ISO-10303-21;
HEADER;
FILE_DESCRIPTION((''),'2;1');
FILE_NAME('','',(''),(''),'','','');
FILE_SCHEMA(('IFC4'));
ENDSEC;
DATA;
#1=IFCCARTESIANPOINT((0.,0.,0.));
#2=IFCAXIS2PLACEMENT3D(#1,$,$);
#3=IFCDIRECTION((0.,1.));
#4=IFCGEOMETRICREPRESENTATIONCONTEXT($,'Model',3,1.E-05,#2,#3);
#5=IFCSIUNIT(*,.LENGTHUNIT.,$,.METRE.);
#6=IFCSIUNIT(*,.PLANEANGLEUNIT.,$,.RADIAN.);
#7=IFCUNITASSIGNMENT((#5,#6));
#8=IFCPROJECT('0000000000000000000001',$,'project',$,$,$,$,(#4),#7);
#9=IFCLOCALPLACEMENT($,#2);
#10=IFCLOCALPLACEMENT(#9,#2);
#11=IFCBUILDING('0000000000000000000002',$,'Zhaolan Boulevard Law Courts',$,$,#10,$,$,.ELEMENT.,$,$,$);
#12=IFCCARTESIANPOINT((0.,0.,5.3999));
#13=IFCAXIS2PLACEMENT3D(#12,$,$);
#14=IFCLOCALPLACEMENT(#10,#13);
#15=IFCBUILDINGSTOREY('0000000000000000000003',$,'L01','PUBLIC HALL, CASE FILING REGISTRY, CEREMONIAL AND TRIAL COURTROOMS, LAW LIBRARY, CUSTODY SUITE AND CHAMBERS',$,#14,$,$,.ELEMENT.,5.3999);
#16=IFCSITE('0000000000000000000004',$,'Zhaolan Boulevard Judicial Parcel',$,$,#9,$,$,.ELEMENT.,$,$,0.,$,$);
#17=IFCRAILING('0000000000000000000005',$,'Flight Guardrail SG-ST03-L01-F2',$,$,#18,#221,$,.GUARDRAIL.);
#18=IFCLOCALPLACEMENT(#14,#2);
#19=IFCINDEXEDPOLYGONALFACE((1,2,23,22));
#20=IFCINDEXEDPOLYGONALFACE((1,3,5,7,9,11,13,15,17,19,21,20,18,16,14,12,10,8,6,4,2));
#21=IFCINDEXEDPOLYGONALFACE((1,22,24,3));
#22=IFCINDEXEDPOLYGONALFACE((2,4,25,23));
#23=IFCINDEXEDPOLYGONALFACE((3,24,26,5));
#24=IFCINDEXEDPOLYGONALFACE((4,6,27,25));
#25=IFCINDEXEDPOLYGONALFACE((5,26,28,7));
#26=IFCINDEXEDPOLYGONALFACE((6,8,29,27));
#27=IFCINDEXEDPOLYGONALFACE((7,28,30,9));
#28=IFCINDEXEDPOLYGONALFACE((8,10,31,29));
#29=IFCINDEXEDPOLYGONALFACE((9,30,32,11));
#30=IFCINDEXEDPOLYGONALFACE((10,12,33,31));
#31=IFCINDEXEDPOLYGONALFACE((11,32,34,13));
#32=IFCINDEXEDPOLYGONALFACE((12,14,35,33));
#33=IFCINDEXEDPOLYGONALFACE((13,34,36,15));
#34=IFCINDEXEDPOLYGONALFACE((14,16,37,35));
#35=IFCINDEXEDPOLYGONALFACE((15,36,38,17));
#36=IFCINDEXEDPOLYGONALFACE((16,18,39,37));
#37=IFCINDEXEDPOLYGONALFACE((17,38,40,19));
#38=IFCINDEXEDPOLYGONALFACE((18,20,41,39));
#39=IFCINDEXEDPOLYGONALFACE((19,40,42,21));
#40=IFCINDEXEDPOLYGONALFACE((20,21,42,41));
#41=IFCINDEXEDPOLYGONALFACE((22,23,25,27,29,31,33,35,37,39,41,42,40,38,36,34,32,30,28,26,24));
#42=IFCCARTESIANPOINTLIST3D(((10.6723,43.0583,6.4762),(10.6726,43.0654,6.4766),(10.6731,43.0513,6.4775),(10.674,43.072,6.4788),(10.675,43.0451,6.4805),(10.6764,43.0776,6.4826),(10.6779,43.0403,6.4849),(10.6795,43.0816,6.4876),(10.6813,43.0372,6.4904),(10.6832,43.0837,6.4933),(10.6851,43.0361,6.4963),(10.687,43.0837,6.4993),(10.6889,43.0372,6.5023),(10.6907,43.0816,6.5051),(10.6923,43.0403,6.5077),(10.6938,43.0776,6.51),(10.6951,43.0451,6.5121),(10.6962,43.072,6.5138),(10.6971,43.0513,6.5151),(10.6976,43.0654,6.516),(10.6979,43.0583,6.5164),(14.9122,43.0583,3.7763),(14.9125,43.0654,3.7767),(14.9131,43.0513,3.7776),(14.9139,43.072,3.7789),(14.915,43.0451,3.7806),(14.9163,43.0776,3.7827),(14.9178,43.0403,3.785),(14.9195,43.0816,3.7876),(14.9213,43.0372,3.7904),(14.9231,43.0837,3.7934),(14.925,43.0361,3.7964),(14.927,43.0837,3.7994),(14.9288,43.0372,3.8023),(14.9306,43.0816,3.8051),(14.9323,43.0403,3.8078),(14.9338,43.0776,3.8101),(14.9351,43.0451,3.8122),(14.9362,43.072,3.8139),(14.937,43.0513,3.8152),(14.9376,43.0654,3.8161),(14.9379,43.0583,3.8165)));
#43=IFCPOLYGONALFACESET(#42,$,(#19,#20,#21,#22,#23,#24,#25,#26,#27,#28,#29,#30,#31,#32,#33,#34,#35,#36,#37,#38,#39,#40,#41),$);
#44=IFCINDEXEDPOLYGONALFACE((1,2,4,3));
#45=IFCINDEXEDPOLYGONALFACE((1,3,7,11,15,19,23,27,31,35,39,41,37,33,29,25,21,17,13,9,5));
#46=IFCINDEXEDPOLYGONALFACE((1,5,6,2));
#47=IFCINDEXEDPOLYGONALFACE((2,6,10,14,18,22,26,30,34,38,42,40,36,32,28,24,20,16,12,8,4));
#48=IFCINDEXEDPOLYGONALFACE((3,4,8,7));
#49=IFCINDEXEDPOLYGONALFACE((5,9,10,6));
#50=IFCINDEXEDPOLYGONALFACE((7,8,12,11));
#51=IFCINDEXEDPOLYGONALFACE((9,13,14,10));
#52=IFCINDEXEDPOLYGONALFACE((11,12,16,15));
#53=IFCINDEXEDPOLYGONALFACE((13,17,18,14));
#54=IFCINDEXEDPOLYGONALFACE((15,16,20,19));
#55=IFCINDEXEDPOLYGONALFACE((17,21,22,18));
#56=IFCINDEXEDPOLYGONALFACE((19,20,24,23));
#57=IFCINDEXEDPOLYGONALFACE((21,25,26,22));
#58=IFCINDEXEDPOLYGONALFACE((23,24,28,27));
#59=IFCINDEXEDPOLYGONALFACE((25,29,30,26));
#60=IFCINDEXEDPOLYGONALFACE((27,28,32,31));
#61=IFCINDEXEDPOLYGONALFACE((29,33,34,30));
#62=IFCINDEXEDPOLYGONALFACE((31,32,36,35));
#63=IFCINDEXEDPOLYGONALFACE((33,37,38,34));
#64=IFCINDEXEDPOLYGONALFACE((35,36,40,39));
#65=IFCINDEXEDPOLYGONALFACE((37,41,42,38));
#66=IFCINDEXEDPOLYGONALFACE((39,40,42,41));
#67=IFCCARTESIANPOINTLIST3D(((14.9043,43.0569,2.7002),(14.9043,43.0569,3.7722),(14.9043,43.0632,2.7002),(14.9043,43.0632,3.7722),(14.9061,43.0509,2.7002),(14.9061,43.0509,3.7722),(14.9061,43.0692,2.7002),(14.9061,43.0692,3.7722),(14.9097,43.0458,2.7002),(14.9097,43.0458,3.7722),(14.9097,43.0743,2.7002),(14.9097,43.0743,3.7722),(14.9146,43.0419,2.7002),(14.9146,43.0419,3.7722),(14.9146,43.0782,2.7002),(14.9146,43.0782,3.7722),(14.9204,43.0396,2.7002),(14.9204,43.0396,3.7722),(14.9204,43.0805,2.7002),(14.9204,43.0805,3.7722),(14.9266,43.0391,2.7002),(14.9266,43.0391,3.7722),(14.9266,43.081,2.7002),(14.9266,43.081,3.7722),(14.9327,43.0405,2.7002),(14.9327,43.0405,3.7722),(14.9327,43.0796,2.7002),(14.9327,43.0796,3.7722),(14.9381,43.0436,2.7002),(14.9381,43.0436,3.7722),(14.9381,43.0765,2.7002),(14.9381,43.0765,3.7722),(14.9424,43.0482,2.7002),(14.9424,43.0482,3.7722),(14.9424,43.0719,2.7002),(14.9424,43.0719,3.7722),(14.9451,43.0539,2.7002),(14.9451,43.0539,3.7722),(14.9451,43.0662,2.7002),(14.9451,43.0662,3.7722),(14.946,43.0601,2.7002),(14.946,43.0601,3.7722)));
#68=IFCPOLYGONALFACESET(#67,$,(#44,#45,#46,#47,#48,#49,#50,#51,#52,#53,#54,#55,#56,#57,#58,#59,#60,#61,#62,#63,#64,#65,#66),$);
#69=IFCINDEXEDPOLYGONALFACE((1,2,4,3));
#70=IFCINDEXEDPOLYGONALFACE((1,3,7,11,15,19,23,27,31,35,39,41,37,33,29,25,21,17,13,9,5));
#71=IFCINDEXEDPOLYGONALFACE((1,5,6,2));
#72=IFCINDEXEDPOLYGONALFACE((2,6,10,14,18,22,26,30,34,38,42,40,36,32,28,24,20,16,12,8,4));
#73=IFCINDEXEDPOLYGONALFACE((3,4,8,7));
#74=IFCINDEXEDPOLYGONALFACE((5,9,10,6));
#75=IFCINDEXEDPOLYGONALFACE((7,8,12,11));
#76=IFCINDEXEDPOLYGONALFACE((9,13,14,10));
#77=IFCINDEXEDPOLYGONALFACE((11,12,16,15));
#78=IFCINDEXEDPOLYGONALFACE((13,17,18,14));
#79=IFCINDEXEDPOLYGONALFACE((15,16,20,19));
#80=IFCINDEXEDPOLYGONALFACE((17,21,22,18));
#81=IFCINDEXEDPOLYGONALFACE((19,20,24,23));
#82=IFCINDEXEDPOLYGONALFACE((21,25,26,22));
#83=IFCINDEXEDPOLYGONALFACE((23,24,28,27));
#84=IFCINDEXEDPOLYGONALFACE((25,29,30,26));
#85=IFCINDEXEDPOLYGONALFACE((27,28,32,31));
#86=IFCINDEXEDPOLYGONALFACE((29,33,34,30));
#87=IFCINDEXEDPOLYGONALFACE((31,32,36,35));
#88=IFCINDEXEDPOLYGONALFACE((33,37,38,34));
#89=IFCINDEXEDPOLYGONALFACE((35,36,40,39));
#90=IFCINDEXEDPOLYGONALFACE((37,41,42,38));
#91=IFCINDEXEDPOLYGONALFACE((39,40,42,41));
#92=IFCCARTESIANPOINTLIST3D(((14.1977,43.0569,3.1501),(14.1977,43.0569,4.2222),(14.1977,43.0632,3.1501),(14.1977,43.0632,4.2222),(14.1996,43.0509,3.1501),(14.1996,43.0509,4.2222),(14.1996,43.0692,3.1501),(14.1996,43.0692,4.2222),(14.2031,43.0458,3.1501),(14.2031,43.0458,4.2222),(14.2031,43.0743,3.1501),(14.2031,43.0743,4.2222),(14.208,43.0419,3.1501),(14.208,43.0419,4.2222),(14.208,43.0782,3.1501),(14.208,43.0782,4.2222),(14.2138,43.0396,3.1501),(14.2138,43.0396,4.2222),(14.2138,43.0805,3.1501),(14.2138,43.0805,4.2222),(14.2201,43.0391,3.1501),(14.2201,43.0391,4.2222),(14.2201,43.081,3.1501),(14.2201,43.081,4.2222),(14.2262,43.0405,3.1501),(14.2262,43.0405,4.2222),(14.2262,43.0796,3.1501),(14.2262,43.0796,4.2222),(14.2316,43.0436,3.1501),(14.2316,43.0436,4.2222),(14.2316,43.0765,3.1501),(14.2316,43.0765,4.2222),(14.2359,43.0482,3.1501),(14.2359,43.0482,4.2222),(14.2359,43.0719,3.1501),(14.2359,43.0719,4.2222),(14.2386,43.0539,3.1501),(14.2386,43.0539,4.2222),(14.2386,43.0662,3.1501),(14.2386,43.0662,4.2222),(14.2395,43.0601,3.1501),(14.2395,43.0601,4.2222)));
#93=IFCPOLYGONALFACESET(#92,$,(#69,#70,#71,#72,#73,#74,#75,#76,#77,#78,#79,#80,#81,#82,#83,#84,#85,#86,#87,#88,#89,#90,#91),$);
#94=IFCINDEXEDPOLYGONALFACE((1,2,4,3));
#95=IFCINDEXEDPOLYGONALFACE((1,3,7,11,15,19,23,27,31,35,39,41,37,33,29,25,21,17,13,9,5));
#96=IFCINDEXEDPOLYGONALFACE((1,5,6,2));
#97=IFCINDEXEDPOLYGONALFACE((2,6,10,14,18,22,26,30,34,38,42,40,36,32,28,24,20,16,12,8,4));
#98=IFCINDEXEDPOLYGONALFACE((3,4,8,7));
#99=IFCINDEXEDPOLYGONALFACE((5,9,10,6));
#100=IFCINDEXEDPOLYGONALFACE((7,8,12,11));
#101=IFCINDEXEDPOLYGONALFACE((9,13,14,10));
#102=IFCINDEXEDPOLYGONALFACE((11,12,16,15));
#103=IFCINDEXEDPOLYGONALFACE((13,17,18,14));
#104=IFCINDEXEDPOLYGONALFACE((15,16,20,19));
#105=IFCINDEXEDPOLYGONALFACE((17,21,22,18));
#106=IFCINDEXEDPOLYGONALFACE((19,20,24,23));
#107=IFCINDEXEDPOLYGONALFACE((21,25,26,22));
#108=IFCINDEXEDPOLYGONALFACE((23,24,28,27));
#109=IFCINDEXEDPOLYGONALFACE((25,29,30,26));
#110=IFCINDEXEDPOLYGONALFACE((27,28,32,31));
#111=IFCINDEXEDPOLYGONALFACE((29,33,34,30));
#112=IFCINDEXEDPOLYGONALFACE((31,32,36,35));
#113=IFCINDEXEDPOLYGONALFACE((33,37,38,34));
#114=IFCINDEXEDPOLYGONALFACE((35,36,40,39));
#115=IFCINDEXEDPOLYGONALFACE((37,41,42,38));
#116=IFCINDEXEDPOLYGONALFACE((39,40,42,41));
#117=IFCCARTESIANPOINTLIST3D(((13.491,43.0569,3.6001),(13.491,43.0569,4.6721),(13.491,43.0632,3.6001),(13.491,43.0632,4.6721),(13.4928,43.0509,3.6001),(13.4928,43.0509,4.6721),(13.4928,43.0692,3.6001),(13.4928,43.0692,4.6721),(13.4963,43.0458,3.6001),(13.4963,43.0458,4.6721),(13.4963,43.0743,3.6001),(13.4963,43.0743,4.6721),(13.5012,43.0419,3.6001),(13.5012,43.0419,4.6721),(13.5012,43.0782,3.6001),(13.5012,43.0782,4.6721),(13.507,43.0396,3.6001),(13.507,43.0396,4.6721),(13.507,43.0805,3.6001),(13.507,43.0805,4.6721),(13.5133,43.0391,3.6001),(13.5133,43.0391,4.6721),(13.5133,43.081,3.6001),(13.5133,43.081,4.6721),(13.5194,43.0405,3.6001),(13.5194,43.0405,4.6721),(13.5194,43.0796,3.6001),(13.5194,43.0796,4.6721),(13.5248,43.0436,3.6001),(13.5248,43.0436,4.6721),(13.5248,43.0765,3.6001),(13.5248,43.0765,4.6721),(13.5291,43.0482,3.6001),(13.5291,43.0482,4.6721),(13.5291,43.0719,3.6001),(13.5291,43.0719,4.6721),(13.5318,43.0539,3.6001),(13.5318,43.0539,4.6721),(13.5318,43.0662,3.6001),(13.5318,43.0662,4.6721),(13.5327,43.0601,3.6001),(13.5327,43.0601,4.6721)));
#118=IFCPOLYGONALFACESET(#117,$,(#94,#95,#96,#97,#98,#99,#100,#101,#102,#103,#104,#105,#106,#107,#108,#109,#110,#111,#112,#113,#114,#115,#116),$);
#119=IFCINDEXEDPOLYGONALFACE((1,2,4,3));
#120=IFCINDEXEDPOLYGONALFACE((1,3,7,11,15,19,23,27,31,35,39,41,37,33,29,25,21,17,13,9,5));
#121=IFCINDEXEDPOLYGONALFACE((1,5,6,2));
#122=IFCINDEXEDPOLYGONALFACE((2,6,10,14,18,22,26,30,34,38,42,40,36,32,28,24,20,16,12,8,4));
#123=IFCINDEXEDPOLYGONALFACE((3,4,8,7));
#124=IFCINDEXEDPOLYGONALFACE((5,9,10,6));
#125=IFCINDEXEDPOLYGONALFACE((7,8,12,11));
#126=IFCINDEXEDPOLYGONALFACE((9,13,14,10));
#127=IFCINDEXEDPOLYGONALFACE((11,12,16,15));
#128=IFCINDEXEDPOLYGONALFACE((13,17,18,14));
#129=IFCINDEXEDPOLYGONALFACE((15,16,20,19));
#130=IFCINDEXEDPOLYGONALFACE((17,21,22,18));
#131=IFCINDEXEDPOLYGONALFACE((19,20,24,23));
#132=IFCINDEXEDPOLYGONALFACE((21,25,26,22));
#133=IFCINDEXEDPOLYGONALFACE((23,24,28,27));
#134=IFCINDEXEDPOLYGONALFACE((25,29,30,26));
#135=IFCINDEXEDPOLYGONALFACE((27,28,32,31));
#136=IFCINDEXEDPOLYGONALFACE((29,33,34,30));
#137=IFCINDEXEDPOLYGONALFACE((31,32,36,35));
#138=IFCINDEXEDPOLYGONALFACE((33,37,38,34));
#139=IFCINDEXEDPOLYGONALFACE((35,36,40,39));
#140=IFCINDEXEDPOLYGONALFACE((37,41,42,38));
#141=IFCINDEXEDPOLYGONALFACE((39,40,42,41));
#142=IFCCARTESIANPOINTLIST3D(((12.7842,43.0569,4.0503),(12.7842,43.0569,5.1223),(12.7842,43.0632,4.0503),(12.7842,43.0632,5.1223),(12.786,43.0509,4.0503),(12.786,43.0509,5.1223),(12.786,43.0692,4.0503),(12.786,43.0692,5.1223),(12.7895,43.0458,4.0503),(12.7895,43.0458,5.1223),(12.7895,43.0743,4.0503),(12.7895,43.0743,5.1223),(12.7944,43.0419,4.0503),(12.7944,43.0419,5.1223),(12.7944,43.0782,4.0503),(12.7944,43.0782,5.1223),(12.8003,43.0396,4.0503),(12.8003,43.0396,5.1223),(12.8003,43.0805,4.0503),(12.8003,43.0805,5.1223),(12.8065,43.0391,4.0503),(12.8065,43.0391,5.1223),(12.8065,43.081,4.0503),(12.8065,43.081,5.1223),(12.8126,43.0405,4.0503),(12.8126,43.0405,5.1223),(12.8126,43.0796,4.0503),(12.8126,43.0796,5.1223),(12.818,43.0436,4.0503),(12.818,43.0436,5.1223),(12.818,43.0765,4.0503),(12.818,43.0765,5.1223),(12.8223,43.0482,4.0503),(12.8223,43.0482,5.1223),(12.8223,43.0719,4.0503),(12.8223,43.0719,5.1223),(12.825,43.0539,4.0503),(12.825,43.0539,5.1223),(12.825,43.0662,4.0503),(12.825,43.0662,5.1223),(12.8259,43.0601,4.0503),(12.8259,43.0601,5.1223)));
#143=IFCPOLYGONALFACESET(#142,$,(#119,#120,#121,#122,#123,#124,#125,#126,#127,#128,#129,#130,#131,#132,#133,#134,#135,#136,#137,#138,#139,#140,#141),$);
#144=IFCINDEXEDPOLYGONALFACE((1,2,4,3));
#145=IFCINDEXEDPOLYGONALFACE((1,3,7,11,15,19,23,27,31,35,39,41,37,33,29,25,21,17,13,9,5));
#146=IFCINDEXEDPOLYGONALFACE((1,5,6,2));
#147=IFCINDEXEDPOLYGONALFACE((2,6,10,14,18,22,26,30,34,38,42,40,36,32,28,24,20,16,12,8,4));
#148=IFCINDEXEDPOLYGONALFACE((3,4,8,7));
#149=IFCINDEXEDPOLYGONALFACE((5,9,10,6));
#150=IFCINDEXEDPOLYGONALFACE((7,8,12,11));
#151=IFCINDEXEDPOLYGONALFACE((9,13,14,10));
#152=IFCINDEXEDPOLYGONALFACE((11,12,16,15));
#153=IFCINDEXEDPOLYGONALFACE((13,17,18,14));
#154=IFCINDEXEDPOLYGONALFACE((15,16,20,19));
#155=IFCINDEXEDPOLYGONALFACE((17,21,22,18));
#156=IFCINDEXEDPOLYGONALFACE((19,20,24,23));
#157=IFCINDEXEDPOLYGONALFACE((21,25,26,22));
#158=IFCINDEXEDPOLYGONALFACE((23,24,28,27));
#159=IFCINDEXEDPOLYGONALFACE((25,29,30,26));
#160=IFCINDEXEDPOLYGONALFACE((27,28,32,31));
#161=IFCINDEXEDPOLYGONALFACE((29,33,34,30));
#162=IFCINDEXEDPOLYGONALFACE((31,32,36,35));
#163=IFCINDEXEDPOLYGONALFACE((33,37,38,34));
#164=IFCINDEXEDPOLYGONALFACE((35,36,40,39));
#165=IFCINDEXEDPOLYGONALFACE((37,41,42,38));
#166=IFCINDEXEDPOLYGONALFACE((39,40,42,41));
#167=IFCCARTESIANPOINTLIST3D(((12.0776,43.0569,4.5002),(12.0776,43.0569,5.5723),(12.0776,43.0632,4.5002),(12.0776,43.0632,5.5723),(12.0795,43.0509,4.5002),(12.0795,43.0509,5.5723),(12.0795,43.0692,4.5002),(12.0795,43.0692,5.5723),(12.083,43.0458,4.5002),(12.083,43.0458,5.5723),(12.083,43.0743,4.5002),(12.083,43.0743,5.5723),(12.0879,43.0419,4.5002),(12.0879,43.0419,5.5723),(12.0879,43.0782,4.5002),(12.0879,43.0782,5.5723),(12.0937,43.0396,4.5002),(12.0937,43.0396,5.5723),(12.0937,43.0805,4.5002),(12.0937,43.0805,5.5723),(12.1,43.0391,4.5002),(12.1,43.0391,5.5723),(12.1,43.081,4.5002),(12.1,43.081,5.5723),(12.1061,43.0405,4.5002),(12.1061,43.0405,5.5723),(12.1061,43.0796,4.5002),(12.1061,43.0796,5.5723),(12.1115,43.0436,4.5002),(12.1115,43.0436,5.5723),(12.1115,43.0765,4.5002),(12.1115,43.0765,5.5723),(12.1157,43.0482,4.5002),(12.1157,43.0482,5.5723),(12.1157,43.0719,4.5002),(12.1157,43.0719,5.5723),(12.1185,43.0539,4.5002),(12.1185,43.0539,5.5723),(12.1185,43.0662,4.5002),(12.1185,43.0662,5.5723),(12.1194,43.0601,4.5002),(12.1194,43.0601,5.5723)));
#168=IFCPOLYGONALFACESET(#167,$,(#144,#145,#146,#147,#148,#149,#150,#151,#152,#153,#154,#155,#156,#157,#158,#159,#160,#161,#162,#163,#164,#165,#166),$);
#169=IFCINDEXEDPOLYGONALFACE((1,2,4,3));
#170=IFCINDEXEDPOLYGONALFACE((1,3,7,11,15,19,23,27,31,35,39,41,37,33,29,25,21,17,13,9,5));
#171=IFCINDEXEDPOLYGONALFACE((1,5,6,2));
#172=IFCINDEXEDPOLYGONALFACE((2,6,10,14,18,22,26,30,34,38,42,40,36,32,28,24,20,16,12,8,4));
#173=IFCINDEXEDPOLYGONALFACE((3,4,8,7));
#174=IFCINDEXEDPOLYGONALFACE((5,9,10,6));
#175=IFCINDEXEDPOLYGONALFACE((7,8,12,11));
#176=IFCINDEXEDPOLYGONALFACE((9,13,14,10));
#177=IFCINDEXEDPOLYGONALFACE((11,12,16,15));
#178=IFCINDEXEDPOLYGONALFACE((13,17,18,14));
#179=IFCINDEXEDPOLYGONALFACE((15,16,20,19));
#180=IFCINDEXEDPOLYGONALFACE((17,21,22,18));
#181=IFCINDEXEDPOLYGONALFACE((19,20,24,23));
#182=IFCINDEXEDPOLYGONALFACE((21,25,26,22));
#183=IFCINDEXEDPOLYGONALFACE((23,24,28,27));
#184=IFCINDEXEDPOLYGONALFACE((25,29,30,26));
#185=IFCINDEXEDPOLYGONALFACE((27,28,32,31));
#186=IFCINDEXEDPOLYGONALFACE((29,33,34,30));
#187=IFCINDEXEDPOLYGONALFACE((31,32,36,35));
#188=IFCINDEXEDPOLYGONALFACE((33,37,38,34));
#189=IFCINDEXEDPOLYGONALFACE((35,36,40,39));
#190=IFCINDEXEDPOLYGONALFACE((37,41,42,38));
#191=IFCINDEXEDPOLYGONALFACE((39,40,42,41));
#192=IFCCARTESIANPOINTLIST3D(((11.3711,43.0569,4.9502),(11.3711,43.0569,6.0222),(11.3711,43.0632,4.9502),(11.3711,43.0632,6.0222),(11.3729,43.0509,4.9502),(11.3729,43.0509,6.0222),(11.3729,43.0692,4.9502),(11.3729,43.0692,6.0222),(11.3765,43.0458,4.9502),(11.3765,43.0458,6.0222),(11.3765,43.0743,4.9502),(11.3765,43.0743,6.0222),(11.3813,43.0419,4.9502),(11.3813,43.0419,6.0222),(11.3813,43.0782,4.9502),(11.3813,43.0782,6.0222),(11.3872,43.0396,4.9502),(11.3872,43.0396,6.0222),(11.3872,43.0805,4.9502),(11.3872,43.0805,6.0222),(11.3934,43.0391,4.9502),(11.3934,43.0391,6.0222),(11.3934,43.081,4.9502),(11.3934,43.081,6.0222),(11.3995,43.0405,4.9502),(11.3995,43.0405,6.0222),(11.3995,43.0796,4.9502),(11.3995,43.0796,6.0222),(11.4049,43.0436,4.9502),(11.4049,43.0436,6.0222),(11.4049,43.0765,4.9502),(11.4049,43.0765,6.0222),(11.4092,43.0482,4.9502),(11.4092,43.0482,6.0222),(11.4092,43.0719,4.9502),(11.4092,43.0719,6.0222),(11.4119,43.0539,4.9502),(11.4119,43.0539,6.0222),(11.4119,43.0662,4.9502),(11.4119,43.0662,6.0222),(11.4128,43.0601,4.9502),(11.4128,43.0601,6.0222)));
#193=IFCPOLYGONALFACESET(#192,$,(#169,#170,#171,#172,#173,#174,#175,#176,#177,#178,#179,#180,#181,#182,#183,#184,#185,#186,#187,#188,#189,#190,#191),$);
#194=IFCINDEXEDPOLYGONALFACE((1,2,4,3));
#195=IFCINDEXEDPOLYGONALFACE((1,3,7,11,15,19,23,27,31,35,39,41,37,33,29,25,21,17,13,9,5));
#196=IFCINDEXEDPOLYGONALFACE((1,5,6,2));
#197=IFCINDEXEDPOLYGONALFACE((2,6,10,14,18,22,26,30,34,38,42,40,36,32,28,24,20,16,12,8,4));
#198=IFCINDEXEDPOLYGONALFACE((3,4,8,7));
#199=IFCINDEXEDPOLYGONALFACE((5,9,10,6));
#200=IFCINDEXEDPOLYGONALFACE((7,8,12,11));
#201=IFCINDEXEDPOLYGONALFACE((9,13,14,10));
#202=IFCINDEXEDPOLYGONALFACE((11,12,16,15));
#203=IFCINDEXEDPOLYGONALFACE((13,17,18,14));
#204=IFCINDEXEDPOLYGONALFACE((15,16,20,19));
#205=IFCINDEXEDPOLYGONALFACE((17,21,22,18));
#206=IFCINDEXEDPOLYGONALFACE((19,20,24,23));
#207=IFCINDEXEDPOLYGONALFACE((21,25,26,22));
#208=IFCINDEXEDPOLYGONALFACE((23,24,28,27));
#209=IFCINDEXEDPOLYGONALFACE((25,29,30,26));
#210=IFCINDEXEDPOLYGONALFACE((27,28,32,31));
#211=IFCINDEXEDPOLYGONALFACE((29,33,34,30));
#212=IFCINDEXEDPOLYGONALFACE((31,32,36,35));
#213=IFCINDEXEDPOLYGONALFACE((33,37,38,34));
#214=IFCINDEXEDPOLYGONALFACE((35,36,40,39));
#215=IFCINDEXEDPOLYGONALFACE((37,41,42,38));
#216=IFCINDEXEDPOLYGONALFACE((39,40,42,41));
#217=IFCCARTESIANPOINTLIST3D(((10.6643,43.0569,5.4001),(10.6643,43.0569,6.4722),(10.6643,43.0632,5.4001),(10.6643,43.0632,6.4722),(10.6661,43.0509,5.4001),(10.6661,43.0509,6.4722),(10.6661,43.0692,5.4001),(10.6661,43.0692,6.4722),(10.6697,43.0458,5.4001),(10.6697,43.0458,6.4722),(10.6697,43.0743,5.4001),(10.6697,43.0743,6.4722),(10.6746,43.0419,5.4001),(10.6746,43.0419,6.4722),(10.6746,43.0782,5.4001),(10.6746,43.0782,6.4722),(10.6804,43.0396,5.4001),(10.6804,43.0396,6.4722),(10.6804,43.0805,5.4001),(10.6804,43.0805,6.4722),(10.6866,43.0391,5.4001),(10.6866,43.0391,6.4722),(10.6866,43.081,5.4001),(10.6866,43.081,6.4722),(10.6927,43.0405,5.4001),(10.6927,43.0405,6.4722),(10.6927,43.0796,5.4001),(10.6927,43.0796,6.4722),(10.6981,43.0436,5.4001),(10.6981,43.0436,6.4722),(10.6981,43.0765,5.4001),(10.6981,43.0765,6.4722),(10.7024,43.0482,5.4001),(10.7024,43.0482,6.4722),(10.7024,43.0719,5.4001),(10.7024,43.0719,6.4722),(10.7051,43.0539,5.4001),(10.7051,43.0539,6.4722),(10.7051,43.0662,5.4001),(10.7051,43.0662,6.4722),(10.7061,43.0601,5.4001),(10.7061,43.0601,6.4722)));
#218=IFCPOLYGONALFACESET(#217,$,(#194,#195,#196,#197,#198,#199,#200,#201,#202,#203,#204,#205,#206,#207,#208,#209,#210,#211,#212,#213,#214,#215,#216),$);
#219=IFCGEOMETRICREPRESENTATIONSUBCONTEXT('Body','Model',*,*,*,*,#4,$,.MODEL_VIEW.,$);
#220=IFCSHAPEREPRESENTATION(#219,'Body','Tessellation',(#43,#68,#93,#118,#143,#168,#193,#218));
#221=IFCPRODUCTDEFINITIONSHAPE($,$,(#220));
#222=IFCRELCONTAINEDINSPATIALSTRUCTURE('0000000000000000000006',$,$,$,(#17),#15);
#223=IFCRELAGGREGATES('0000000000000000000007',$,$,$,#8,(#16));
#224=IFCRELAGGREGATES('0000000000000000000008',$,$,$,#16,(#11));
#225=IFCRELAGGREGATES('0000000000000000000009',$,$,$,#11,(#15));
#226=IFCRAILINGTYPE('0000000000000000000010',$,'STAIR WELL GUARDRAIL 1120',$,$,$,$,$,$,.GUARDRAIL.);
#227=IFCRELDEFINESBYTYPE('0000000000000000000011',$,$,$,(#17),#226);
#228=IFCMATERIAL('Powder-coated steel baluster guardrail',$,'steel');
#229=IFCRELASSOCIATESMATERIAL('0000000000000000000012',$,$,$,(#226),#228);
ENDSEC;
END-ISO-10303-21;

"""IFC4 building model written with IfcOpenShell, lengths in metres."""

from ifc_helpers import new_model, si_unit, direction, frame, origin, origin_2d, place, context, subcontext, project, spatial, circle, extrude, material, type_object, element, save


model = new_model("IFC4")

# Units and contexts
model_context = context("Model", 3, precision=1e-05, world=origin(), true_north=direction((0.0, 1.0)))
body_context = subcontext(model_context, "Body", "Model", "MODEL_VIEW")
ifc_project = project(units=[si_unit("LENGTHUNIT", "METRE"), si_unit("PLANEANGLEUNIT", "RADIAN")], contexts=[model_context])

# Site, building, storey
site_placement = place(None, origin())
site = spatial("IfcSite", under=ifc_project, at=site_placement, Name="Zhaolan Boulevard Judicial Parcel", CompositionType="ELEMENT", RefElevation=0.0)
building_placement = place(site_placement, origin())
building = spatial("IfcBuilding", under=site, at=building_placement, Name="Zhaolan Boulevard Law Courts", CompositionType="ELEMENT")
storey_placement = place(building_placement, frame((0.0, 0.0, 5.3999)))
storey = spatial("IfcBuildingStorey", under=building, at=storey_placement, Name="L01", Description="PUBLIC HALL, CASE FILING REGISTRY, CEREMONIAL AND TRIAL COURTROOMS, LAW LIBRARY, CUSTODY SUITE AND CHAMBERS", CompositionType="ELEMENT", Elevation=5.3999)

# Railing
ifc_material_1 = material(Name="Powder-coated steel baluster guardrail", Category="steel")
railing_type_1 = type_object("IfcRailingType", Name="STAIR WELL GUARDRAIL 1120", PredefinedType="GUARDRAIL", material=ifc_material_1)
railing_1_placement = place(storey_placement, frame((14.925, 43.0601, 2.7002)))
element("IfcRailing", 1, at=railing_1_placement, inside=storey, type_object=railing_type_1, Name="Flight Guardrail SG-ST03-L01-F2", PredefinedType="GUARDRAIL", context=body_context, shape_type="SweptSolid", body=[
    extrude(circle(Radius=0.0239, at=origin_2d()), frame((0.0, 0.0, 1.0962), z_axis=(-0.843501, 0.0, 0.537127), x_axis=(0.0, -1.0, 0.0)), (0.0, 0.0, 1.0), 5.0266),
    extrude(circle(Radius=0.021, at=origin_2d()), origin(), (0.0, 0.0, 1.0), 1.072),
    extrude(circle(Radius=0.021, at=origin_2d()), frame((-0.7065, 0.0, 0.45)), (0.0, 0.0, 1.0), 1.072),
    extrude(circle(Radius=0.021, at=origin_2d()), frame((-1.4133, 0.0, 0.8999)), (0.0, 0.0, 1.0), 1.072),
    extrude(circle(Radius=0.021, at=origin_2d()), frame((-2.1201, 0.0, 1.3501)), (0.0, 0.0, 1.0), 1.072),
    extrude(circle(Radius=0.021, at=origin_2d()), frame((-2.8267, 0.0, 1.8)), (0.0, 0.0, 1.0), 1.072),
    extrude(circle(Radius=0.021, at=origin_2d()), frame((-3.5332, 0.0, 2.25)), (0.0, 0.0, 1.0), 1.072),
    extrude(circle(Radius=0.021, at=origin_2d()), frame((-4.24, 0.0, 2.7)), (0.0, 0.0, 1.0), 1.072),
])

save(model, "model.ifc")
